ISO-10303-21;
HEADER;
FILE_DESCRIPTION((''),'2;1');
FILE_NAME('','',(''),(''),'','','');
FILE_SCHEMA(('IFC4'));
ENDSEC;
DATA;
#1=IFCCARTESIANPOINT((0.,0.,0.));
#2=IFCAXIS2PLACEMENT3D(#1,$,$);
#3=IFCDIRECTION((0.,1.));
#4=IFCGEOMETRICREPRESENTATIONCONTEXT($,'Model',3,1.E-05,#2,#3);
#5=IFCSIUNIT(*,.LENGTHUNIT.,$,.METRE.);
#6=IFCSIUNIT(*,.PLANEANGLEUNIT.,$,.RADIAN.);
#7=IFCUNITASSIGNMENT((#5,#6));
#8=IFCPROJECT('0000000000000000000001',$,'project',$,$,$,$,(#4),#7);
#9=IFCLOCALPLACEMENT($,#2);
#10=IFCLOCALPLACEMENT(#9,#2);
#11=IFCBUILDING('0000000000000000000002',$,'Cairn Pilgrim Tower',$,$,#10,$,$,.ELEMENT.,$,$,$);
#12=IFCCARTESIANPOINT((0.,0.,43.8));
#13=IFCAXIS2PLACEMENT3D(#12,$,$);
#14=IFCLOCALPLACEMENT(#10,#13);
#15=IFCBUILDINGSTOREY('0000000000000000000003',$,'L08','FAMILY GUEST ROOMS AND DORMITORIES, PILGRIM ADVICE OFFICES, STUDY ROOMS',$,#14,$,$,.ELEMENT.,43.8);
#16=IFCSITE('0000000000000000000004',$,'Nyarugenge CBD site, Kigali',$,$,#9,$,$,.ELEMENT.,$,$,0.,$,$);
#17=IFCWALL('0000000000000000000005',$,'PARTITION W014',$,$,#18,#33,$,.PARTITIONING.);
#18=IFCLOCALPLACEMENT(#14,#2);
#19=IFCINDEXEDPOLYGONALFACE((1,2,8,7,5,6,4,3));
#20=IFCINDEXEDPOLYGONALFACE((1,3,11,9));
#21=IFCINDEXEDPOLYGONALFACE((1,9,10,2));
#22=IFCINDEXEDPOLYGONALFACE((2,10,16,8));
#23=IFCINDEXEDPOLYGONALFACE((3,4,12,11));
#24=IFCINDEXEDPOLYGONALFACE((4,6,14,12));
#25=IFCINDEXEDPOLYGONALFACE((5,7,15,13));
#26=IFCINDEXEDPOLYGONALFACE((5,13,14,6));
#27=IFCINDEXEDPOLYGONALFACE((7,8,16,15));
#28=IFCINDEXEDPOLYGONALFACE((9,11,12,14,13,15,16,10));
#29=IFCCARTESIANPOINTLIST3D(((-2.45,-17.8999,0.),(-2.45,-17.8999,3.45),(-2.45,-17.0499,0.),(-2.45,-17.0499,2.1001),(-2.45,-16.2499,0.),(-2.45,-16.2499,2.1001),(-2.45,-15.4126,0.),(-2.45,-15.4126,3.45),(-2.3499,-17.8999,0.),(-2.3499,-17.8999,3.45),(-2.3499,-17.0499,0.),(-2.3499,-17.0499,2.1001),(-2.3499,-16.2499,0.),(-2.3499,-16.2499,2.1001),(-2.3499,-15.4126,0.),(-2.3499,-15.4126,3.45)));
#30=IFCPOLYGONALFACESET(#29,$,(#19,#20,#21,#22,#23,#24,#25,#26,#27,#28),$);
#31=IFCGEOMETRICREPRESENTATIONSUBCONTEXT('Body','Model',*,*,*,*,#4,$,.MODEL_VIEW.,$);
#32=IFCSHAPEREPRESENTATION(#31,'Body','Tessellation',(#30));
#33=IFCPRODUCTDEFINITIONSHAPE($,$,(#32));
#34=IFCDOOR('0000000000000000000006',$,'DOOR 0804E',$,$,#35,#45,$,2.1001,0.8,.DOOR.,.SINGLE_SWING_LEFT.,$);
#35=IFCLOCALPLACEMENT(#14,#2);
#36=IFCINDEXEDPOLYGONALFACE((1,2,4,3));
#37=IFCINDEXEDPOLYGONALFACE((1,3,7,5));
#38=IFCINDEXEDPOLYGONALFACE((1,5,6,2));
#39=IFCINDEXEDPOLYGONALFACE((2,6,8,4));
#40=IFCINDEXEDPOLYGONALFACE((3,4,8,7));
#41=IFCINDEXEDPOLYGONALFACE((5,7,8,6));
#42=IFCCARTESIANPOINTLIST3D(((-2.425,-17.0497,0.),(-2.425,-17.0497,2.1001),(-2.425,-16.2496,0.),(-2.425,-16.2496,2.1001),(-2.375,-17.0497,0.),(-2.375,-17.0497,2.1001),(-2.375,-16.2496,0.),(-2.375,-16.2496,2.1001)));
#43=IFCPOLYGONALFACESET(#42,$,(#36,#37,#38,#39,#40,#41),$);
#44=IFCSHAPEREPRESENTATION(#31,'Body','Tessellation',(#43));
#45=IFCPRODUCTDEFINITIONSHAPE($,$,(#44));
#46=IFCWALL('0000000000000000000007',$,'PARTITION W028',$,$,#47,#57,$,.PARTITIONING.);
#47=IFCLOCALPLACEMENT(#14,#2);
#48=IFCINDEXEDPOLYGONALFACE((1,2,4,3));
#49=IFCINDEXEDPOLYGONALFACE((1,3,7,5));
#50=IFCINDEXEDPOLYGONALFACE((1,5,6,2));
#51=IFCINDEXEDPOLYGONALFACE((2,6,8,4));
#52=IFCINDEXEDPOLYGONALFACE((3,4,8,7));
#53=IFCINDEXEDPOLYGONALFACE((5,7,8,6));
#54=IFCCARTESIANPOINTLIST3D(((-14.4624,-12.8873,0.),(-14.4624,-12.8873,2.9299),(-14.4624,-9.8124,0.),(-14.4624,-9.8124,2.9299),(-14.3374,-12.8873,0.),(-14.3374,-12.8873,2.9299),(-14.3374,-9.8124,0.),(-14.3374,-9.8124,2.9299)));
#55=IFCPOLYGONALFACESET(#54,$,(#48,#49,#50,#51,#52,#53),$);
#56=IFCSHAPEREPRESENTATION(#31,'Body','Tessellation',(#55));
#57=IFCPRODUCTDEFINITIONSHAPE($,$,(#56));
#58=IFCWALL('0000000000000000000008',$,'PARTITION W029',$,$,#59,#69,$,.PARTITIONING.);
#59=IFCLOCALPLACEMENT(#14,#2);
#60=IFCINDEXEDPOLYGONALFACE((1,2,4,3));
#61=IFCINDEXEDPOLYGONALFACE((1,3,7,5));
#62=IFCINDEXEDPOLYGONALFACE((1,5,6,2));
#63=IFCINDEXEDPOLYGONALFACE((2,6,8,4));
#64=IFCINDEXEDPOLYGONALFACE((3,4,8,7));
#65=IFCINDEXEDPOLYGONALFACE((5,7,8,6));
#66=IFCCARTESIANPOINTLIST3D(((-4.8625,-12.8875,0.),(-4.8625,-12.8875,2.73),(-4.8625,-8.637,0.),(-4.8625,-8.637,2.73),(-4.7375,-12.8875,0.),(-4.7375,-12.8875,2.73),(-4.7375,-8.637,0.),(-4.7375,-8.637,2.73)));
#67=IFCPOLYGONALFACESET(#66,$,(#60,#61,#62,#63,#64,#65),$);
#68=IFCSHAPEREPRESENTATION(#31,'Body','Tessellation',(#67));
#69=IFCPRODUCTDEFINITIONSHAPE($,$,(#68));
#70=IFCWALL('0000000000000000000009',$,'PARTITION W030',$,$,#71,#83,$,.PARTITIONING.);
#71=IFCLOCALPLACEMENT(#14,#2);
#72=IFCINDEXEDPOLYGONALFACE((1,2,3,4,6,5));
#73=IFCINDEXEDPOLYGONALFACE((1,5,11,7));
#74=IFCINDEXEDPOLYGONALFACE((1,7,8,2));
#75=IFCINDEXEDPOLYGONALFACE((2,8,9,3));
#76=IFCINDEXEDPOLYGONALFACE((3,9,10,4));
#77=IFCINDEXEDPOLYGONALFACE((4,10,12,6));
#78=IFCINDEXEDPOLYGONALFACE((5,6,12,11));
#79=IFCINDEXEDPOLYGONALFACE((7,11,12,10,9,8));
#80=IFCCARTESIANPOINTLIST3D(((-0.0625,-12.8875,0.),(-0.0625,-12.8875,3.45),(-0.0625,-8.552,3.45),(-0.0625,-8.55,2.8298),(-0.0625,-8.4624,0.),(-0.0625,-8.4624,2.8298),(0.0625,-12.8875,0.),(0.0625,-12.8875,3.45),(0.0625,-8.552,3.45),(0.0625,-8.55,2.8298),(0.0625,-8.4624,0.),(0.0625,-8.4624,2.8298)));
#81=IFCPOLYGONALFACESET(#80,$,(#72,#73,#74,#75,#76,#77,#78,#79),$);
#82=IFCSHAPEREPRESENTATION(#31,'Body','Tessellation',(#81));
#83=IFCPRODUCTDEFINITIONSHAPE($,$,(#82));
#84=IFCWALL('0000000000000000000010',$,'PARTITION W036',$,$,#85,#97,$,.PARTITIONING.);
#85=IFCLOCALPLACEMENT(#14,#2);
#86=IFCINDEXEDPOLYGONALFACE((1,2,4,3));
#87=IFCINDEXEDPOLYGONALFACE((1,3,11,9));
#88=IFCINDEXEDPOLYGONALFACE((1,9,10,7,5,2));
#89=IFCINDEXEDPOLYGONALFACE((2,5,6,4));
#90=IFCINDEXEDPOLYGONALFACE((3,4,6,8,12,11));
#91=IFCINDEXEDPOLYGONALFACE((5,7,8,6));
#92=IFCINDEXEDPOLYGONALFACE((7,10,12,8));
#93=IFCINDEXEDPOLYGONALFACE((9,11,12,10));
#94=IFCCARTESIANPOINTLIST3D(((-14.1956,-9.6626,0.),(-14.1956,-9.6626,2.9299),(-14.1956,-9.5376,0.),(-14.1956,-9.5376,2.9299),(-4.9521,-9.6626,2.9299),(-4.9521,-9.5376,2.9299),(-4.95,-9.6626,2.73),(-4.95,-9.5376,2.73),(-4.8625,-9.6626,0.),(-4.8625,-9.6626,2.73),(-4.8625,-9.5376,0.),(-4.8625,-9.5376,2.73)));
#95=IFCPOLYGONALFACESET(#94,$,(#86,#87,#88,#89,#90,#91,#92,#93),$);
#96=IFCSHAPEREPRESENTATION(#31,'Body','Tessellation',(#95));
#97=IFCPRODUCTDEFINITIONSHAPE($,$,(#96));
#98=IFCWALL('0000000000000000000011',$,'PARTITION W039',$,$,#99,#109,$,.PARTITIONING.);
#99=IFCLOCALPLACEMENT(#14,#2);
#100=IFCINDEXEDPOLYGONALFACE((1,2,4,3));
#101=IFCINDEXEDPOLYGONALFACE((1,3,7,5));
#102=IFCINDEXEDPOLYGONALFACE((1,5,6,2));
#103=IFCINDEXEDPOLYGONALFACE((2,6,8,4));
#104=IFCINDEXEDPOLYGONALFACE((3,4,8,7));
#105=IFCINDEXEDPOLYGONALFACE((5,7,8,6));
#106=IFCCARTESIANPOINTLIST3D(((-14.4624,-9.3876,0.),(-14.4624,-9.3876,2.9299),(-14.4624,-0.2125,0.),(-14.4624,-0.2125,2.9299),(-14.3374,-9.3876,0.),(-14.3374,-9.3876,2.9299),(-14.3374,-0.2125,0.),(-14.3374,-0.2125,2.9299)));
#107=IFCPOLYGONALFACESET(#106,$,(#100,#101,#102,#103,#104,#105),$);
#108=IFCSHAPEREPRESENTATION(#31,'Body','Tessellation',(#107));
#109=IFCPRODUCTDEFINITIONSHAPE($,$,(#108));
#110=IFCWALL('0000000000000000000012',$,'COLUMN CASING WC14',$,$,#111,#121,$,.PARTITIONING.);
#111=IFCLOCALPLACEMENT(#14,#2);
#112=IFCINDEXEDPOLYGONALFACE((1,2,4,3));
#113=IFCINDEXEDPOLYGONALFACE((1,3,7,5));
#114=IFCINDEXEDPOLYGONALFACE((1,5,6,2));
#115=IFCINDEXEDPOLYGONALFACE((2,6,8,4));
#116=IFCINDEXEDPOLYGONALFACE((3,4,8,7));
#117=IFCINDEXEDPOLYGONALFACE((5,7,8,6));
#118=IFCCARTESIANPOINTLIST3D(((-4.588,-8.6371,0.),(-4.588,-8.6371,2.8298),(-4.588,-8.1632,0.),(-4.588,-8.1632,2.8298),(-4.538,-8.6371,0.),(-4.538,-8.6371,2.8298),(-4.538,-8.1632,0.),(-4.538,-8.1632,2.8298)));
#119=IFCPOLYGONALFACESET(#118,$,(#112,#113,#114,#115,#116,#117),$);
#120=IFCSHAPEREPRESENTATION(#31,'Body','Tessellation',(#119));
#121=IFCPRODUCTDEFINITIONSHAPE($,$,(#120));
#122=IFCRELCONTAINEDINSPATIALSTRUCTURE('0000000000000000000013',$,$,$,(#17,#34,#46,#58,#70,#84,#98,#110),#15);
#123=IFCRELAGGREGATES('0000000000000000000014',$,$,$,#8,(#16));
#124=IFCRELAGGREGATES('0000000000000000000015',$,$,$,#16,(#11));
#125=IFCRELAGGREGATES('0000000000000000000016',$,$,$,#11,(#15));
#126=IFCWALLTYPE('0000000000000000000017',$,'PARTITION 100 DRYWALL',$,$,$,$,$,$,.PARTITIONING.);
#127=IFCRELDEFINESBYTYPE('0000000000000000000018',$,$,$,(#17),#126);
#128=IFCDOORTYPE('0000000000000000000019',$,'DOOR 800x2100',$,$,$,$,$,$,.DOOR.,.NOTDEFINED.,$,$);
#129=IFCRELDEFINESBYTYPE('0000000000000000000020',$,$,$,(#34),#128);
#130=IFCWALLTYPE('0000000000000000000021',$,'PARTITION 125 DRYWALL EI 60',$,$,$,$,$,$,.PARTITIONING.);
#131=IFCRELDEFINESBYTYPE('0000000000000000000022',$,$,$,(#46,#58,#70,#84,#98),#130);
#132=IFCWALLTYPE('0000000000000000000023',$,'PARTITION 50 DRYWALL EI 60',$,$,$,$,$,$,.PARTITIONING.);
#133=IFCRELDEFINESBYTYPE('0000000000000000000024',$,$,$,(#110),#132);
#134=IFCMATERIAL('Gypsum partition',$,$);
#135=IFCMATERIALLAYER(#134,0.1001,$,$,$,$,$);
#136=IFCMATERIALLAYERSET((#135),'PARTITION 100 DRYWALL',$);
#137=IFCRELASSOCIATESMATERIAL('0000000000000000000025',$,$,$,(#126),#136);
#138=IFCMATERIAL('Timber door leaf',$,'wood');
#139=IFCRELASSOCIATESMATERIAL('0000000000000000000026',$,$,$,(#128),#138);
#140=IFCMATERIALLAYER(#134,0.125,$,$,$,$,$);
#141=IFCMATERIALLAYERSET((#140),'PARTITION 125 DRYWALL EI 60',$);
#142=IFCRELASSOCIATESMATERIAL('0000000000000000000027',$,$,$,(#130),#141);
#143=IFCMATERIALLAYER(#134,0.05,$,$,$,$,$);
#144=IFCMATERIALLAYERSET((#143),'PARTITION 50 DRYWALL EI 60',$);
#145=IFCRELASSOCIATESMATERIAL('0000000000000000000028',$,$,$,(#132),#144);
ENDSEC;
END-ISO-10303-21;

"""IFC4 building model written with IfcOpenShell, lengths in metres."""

from ifc_helpers import new_model, si_unit, direction, frame, frame_2d, origin, place, context, subcontext, project, spatial, polyline, rectangle, outline, extrude, material, layer, layer_set, type_object, element, fill, save


model = new_model("IFC4")

# Units and contexts
model_context = context("Model", 3, precision=1e-05, world=origin(), true_north=direction((0.0, 1.0)))
body_context = subcontext(model_context, "Body", "Model", "MODEL_VIEW")
ifc_project = project(units=[si_unit("LENGTHUNIT", "METRE"), si_unit("PLANEANGLEUNIT", "RADIAN")], contexts=[model_context])

# Site, building, storey
site_placement = place(None, origin())
site = spatial("IfcSite", under=ifc_project, at=site_placement, Name="Nyarugenge CBD site, Kigali", CompositionType="ELEMENT", RefElevation=0.0)
building_placement = place(site_placement, origin())
building = spatial("IfcBuilding", under=site, at=building_placement, Name="Cairn Pilgrim Tower", CompositionType="ELEMENT")
storey_placement = place(building_placement, frame((0.0, 0.0, 43.8)))
storey = spatial("IfcBuildingStorey", under=building, at=storey_placement, Name="L08", Description="FAMILY GUEST ROOMS AND DORMITORIES, PILGRIM ADVICE OFFICES, STUDY ROOMS", CompositionType="ELEMENT", Elevation=43.8)

# Wall, opening, door
ifc_material_1 = material(Name="Gypsum partition")
ifc_layer_1 = layer(ifc_material_1, 0.1001)
ifc_layer_set_1 = layer_set([ifc_layer_1], Name="PARTITION 100 DRYWALL")
wall_type_1 = type_object("IfcWallType", Name="PARTITION 100 DRYWALL", PredefinedType="PARTITIONING", material=ifc_layer_set_1)
wall_1_placement = place(storey_placement, frame((-2.3999, -17.8999, 0.0), z_axis=(0.0, 0.0, 1.0), x_axis=(0.0, 1.0, 0.0)))
wall_1 = element("IfcWall", 1, at=wall_1_placement, inside=storey, type_object=wall_type_1, Name="PARTITION W014", PredefinedType="PARTITIONING", context=body_context, shape_type="SweptSolid", body=[
    extrude(rectangle(XDim=2.4873, YDim=0.1001, at=frame_2d((1.2437, 0.0))), origin(), (0.0, 0.0, 1.0), 3.45),
])
opening_placement = place(wall_1_placement, frame((0.8501, 0.0, 0.0)))
opening = element("IfcOpeningElement", 2, at=opening_placement, cuts=wall_1, PredefinedType="OPENING", context=body_context, shape_type="SweptSolid", body=[
    extrude(rectangle(XDim=0.8, YDim=2.1001, at=frame_2d((0.3999, 1.05))), frame((0.0, 0.0601, 0.0), z_axis=(0.0, -1.0, 0.0), x_axis=(1.0, 0.0, 0.0)), (0.0, 0.0, 1.0), 0.1201),
])
ifc_material_2 = material(Name="Timber door leaf", Category="wood")
door_type = type_object("IfcDoorType", Name="DOOR 800x2100", OperationType="NOTDEFINED", PredefinedType="DOOR", material=ifc_material_2)
door_placement = place(opening_placement, frame((0.8, 0.0, 0.0), z_axis=(0.0, 0.0, 1.0), x_axis=(-1.0, 0.0, 0.0)))
door = element("IfcDoor", 3, at=door_placement, inside=storey, type_object=door_type, Name="DOOR 0804E", OperationType="SINGLE_SWING_LEFT", OverallHeight=2.1001, OverallWidth=0.8, PredefinedType="DOOR", context=body_context, shape_type="SweptSolid", body=[
    extrude(rectangle(XDim=0.8, YDim=2.1001, at=frame_2d((0.3999, 1.05))), frame((0.0, 0.0249, 0.0), z_axis=(0.0, -1.0, 0.0), x_axis=(1.0, 0.0, 0.0)), (0.0, 0.0, 1.0), 0.05),
])
fill(opening, door)

# Walls
ifc_layer_2 = layer(ifc_material_1, 0.125)
ifc_layer_set_2 = layer_set([ifc_layer_2], Name="PARTITION 125 DRYWALL EI 60")
wall_type_2 = type_object("IfcWallType", Name="PARTITION 125 DRYWALL EI 60", PredefinedType="PARTITIONING", material=ifc_layer_set_2)
wall_2_placement = place(storey_placement, frame((-14.3999, -12.8875, 0.0), z_axis=(0.0, 0.0, 1.0), x_axis=(0.0, 1.0, 0.0)))
element("IfcWall", 4, at=wall_2_placement, inside=storey, type_object=wall_type_2, Name="PARTITION W028", PredefinedType="PARTITIONING", context=body_context, shape_type="SweptSolid", body=[
    extrude(rectangle(XDim=3.075, YDim=0.125, at=frame_2d((1.5376, 0.0))), origin(), (0.0, 0.0, 1.0), 2.9299),
])
wall_3_placement = place(storey_placement, frame((-4.8, -12.8875, 0.0), z_axis=(0.0, 0.0, 1.0), x_axis=(0.0, 1.0, 0.0)))
element("IfcWall", 5, at=wall_3_placement, inside=storey, type_object=wall_type_2, Name="PARTITION W029", PredefinedType="PARTITIONING", context=body_context, shape_type="SweptSolid", body=[
    extrude(rectangle(XDim=4.2505, YDim=0.125, at=frame_2d((2.1252, 0.0))), origin(), (0.0, 0.0, 1.0), 2.73),
])
wall_4_placement = place(storey_placement, frame((0.0, -12.8875, 0.0), z_axis=(0.0, 0.0, 1.0), x_axis=(0.0, 1.0, 0.0)))
element("IfcWall", 6, at=wall_4_placement, inside=storey, type_object=wall_type_2, Name="PARTITION W030", PredefinedType="PARTITIONING", context=body_context, shape_type="SweptSolid", body=[
    extrude(outline(polyline([(0.0, 0.0), (4.425, 0.0), (4.425, 2.8298), (4.3374, 2.8298), (4.3354, 3.45), (0.0, 3.45), (0.0, 0.0)])), frame((0.0, 0.0625, 0.0), z_axis=(0.0, -1.0, 0.0), x_axis=(1.0, 0.0, 0.0)), (0.0, 0.0, 1.0), 0.125),
])
wall_5_placement = place(storey_placement, frame((-14.1956, -9.6001, 0.0), z_axis=(0.0, 0.0, 1.0), x_axis=(1.0, 0.0, 0.0)))
element("IfcWall", 7, at=wall_5_placement, inside=storey, type_object=wall_type_2, Name="PARTITION W036", PredefinedType="PARTITIONING", context=body_context, shape_type="SweptSolid", body=[
    extrude(outline(polyline([(0.0, 0.0), (9.333, 0.0), (9.333, 2.73), (9.2456, 2.73), (9.2434, 2.9299), (0.0, 2.9299), (0.0, 0.0)])), frame((0.0, 0.0625, 0.0), z_axis=(0.0, -1.0, 0.0), x_axis=(1.0, 0.0, 0.0)), (0.0, 0.0, 1.0), 0.125),
])
wall_6_placement = place(storey_placement, frame((-14.3999, -9.3875, 0.0), z_axis=(0.0, 0.0, 1.0), x_axis=(0.0, 1.0, 0.0)))
element("IfcWall", 8, at=wall_6_placement, inside=storey, type_object=wall_type_2, Name="PARTITION W039", PredefinedType="PARTITIONING", context=body_context, shape_type="SweptSolid", body=[
    extrude(rectangle(XDim=9.175, YDim=0.125, at=frame_2d((4.5874, 0.0))), origin(), (0.0, 0.0, 1.0), 2.9299),
])
ifc_layer_3 = layer(ifc_material_1, 0.05)
ifc_layer_set_3 = layer_set([ifc_layer_3], Name="PARTITION 50 DRYWALL EI 60")
wall_type_3 = type_object("IfcWallType", Name="PARTITION 50 DRYWALL EI 60", PredefinedType="PARTITIONING", material=ifc_layer_set_3)
wall_7_placement = place(storey_placement, frame((-4.563, -8.637, 0.0), z_axis=(0.0, 0.0, 1.0), x_axis=(0.0, 1.0, 0.0)))
element("IfcWall", 9, at=wall_7_placement, inside=storey, type_object=wall_type_3, Name="COLUMN CASING WC14", PredefinedType="PARTITIONING", context=body_context, shape_type="SweptSolid", body=[
    extrude(rectangle(XDim=0.4739, YDim=0.05, at=frame_2d((0.2368, 0.0))), origin(), (0.0, 0.0, 1.0), 2.8298),
])

save(model, "model.ifc")
